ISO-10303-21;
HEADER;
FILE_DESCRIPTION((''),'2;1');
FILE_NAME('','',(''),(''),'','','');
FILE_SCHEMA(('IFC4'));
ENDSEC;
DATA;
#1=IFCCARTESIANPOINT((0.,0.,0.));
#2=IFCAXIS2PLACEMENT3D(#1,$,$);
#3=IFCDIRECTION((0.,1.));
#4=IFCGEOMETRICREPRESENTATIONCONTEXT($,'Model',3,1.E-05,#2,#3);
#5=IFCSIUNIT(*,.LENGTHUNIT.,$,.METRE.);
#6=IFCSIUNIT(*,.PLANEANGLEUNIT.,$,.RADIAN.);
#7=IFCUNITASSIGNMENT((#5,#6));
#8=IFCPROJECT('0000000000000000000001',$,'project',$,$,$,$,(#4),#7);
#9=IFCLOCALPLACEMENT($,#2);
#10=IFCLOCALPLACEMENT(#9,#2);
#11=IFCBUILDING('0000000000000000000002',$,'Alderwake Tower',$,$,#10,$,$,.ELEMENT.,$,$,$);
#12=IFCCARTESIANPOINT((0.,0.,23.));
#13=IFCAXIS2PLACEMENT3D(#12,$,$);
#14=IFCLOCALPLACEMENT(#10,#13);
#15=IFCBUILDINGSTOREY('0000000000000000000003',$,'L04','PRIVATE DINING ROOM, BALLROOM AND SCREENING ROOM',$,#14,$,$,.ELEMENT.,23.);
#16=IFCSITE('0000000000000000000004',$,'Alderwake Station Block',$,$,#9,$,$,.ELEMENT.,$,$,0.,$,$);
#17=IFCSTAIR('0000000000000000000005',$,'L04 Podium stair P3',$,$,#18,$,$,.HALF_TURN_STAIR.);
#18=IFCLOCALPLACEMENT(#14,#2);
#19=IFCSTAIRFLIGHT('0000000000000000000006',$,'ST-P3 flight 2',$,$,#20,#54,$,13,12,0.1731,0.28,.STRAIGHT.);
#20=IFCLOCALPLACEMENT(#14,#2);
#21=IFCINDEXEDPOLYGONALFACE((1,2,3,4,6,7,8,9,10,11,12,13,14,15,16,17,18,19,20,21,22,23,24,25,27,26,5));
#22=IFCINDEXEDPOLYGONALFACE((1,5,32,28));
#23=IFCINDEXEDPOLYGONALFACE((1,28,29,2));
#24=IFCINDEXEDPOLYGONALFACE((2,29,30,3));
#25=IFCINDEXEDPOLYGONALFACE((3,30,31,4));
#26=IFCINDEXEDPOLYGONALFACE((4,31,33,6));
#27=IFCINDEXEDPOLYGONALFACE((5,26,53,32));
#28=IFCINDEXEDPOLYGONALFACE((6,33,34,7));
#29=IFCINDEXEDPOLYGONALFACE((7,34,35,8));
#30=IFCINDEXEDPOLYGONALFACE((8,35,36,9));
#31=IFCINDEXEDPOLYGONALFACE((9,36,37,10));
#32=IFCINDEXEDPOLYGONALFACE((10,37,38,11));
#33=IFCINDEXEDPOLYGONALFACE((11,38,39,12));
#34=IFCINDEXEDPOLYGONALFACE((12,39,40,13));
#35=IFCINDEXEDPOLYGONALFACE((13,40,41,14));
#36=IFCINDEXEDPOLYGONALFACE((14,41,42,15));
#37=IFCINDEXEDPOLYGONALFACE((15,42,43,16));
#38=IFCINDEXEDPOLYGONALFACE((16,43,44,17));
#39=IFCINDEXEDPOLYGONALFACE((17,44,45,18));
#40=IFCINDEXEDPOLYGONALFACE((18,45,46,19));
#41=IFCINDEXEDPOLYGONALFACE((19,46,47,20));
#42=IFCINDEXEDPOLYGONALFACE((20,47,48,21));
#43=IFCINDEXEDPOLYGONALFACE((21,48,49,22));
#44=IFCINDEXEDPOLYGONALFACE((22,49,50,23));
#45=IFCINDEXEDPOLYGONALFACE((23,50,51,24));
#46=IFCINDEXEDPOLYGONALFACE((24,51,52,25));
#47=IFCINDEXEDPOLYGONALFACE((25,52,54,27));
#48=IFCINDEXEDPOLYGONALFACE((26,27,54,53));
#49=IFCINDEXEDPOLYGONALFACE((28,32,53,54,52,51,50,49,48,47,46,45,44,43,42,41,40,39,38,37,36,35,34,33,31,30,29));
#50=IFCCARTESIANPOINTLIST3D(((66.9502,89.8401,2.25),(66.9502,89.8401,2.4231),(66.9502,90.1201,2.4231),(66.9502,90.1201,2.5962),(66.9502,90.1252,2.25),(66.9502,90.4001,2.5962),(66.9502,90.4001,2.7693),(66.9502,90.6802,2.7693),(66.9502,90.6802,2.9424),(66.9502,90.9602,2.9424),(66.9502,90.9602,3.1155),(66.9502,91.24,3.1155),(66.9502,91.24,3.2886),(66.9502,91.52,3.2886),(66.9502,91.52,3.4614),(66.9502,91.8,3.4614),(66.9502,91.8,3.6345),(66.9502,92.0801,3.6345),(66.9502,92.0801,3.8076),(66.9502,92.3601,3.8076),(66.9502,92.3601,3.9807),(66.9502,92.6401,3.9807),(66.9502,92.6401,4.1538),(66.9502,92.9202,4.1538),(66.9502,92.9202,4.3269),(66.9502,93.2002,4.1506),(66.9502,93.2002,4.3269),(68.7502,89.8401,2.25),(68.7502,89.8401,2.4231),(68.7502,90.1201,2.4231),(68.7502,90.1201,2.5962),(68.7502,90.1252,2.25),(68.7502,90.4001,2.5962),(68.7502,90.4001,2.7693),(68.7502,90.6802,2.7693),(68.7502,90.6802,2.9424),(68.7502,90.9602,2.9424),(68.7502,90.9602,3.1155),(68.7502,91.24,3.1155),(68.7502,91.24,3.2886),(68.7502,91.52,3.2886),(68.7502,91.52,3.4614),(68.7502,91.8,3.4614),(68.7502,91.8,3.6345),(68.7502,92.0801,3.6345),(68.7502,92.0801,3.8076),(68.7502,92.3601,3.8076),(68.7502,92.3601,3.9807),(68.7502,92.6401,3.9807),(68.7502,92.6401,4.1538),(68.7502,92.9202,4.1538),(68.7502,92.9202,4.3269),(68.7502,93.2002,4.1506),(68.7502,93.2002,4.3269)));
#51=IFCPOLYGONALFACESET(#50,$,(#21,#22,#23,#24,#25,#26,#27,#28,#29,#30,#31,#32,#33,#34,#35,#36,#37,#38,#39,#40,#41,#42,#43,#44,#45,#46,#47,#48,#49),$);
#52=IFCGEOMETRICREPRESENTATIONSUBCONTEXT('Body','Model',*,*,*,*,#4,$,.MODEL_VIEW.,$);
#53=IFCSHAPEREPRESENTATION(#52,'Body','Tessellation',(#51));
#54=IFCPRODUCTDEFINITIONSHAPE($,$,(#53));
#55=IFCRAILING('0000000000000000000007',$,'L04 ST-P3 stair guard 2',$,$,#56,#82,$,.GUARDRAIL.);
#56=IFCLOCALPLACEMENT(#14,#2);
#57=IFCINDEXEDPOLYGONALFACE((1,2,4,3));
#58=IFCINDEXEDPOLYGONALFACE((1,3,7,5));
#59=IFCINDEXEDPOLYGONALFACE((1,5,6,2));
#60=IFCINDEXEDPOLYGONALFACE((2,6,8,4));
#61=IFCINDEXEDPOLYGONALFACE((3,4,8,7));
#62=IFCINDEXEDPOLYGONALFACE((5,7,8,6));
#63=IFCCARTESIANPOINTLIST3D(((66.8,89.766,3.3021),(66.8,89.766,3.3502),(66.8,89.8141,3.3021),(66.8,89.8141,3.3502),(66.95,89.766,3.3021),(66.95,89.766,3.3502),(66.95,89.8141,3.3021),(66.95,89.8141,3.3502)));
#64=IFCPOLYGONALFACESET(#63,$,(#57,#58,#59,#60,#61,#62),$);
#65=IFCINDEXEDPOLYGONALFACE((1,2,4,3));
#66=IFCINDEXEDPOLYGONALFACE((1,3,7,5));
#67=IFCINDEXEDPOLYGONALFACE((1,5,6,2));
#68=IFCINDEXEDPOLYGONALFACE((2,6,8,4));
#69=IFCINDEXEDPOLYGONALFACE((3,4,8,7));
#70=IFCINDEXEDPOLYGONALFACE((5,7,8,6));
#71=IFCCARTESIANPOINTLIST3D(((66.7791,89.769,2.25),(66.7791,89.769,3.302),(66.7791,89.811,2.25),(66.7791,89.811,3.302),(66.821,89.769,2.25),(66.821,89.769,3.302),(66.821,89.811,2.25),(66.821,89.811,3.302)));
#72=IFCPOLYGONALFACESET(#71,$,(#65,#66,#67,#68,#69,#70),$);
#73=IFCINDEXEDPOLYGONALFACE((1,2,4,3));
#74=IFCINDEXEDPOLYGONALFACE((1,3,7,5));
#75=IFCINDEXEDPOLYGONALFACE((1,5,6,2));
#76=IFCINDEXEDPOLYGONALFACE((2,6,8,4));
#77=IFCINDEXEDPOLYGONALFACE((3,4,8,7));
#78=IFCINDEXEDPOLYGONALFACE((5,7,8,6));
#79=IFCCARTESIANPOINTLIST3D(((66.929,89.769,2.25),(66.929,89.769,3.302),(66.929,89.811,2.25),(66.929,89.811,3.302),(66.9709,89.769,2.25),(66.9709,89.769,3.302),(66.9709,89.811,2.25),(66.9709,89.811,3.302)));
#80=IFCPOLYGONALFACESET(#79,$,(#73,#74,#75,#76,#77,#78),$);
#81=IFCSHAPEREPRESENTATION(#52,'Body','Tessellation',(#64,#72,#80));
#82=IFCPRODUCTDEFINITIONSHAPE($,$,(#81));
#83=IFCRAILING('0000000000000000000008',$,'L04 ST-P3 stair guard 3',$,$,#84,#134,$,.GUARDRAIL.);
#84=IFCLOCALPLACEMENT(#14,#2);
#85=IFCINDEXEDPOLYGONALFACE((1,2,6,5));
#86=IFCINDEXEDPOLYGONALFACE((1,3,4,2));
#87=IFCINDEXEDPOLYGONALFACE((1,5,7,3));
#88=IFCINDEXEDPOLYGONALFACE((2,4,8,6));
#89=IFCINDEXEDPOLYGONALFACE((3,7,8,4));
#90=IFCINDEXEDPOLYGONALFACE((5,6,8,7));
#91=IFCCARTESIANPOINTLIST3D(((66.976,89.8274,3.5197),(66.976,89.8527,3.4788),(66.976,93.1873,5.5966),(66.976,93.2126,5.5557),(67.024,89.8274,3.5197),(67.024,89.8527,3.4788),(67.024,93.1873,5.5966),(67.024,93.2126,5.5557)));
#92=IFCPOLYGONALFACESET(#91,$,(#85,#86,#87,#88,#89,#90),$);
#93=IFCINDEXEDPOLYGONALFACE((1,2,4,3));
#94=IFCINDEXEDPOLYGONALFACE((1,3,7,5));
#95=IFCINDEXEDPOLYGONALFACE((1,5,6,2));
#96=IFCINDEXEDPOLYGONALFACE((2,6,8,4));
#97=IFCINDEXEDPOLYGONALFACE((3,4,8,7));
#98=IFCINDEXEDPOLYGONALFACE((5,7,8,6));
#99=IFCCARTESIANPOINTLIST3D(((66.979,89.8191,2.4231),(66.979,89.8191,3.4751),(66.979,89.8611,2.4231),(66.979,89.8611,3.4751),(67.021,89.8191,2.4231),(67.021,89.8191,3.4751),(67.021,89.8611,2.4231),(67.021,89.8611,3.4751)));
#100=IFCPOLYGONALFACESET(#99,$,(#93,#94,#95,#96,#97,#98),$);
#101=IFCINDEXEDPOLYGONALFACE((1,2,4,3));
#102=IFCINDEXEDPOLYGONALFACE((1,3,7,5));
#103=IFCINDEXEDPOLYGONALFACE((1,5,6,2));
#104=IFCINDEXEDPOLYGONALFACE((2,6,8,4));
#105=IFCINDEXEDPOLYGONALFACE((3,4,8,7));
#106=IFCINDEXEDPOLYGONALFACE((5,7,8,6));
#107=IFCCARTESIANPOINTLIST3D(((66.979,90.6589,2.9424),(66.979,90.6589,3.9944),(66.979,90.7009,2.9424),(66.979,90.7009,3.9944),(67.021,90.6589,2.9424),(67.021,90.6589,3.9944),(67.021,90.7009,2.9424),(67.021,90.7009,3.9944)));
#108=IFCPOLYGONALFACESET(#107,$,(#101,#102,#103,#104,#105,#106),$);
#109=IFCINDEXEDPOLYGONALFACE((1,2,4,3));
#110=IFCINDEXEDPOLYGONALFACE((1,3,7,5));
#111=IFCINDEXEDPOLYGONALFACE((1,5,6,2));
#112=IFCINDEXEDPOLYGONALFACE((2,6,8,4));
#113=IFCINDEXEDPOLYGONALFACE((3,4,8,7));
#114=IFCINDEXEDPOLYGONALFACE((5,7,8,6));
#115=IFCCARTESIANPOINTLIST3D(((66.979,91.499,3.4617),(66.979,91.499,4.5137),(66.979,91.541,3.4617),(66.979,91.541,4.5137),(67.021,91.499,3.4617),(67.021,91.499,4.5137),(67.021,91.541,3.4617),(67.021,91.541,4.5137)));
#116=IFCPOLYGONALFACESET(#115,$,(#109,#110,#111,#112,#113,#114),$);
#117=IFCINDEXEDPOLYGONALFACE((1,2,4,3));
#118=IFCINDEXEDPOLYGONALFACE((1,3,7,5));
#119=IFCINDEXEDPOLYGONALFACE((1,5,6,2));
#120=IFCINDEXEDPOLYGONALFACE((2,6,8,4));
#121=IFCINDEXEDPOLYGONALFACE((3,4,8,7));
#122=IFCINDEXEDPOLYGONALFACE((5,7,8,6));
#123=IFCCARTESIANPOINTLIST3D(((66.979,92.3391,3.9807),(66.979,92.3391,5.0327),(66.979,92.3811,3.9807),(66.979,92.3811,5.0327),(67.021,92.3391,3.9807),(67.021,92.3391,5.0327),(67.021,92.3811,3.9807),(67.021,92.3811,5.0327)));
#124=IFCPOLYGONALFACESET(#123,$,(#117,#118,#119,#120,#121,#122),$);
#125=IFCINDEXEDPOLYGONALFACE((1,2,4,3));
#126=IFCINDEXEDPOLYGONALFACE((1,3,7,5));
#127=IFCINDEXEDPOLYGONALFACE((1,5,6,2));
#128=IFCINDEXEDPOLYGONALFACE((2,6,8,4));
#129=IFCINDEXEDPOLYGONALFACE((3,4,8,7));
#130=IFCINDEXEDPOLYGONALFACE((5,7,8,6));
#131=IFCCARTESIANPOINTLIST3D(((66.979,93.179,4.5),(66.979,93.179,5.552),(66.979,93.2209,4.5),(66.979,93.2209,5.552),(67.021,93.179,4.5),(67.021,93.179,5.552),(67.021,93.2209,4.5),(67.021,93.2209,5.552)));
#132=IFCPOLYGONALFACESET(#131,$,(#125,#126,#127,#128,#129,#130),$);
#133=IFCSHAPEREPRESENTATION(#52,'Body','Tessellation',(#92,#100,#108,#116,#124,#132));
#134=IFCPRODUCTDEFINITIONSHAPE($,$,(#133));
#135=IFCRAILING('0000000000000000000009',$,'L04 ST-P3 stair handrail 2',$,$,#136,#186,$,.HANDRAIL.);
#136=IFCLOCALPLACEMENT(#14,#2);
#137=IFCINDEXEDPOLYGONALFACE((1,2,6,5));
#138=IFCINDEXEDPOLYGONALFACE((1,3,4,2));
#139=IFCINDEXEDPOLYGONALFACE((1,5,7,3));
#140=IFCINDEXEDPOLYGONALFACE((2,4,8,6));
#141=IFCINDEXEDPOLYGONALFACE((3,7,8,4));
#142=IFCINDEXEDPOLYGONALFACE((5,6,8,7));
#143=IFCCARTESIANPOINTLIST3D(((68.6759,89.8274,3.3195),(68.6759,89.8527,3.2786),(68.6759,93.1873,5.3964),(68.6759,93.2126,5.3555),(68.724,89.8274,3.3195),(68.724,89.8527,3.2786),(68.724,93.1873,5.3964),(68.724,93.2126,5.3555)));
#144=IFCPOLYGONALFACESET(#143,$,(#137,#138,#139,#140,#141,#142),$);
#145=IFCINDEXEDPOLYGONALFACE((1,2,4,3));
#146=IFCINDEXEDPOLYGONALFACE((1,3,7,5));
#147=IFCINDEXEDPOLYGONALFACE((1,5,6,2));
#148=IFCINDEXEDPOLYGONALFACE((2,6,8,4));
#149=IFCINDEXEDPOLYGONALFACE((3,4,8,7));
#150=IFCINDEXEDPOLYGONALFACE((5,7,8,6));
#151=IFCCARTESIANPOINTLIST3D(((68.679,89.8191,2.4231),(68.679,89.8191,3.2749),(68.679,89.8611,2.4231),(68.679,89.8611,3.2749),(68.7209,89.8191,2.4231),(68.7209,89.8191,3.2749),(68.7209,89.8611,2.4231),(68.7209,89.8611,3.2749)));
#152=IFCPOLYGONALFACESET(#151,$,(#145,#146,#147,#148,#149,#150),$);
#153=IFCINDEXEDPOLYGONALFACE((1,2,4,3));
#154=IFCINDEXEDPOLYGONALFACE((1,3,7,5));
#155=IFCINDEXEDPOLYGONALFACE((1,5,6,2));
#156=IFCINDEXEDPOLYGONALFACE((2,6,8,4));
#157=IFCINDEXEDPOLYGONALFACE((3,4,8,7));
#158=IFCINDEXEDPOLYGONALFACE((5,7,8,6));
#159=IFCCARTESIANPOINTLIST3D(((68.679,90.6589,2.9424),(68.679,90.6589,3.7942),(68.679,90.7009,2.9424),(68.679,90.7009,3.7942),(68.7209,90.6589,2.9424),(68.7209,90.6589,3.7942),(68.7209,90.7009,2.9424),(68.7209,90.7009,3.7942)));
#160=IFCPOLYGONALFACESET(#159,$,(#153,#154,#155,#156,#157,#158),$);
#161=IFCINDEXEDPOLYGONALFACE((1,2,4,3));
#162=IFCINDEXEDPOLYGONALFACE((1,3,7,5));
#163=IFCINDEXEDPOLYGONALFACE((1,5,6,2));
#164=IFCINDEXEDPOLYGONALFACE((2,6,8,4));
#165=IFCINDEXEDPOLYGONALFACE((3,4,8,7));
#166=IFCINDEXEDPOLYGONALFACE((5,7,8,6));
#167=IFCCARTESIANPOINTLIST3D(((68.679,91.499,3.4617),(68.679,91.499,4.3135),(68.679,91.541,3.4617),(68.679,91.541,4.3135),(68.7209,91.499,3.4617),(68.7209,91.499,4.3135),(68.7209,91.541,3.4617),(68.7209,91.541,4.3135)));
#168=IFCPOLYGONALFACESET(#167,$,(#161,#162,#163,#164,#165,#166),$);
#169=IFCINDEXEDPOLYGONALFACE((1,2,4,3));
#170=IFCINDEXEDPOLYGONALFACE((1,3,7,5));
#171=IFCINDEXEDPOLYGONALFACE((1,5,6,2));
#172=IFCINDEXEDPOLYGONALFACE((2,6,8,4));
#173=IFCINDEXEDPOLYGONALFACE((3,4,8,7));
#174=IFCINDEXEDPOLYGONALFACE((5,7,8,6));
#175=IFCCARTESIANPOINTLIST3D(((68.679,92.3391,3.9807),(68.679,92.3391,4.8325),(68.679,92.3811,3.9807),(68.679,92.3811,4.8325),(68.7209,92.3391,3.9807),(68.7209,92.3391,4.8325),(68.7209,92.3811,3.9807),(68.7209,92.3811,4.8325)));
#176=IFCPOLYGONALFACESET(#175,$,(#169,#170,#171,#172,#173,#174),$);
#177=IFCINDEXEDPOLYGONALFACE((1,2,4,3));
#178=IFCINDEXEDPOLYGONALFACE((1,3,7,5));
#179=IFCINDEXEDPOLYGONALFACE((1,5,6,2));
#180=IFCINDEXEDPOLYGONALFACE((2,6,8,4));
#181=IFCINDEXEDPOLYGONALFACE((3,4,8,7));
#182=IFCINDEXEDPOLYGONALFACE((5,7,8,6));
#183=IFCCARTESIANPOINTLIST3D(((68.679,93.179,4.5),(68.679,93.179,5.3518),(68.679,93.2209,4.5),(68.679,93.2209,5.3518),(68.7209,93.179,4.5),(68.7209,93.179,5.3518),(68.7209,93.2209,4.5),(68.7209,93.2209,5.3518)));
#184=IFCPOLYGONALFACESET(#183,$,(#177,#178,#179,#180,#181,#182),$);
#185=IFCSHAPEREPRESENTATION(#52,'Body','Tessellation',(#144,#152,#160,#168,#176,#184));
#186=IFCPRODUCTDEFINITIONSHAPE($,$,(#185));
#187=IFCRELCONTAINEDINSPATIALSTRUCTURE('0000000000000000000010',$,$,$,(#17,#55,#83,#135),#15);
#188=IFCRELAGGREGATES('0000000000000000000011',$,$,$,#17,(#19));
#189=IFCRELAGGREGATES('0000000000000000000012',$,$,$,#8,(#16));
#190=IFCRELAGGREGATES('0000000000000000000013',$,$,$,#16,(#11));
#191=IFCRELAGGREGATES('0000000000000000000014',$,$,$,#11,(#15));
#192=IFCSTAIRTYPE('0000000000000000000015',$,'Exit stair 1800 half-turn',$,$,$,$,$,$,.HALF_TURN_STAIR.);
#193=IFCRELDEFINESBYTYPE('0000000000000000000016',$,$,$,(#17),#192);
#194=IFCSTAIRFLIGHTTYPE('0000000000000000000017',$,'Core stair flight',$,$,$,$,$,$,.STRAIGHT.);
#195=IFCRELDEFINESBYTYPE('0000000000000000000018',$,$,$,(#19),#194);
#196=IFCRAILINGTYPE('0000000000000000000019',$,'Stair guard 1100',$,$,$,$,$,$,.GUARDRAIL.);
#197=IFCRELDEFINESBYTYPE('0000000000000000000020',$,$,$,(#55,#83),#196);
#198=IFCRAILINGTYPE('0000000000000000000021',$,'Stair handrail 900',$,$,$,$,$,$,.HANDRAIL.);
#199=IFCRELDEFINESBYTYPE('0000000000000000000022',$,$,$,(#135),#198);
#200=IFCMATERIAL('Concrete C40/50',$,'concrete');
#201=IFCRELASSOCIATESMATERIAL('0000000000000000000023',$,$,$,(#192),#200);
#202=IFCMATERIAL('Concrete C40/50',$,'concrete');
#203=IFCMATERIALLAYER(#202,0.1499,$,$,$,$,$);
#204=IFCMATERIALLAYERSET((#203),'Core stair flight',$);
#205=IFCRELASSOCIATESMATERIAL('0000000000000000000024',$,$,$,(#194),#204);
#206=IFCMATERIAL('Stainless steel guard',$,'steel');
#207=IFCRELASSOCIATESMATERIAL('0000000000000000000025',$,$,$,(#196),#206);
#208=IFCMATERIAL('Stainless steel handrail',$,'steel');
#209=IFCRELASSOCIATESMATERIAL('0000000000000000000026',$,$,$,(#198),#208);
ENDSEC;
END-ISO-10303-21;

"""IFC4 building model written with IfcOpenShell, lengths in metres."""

from ifc_helpers import new_model, si_unit, direction, frame, origin, origin_with_axes, origin_2d, place, context, subcontext, project, spatial, polyline, rectangle, outline, extrude, material, layer, layer_set, type_object, element, aggregate, save


model = new_model("IFC4")

# Units and contexts
model_context = context("Model", 3, precision=1e-05, world=origin(), true_north=direction((0.0, 1.0)))
body_context = subcontext(model_context, "Body", "Model", "MODEL_VIEW")
ifc_project = project(units=[si_unit("LENGTHUNIT", "METRE"), si_unit("PLANEANGLEUNIT", "RADIAN")], contexts=[model_context])

# Site, building, storey
site_placement = place(None, origin())
site = spatial("IfcSite", under=ifc_project, at=site_placement, Name="Alderwake Station Block", CompositionType="ELEMENT", RefElevation=0.0)
building_placement = place(site_placement, origin())
building = spatial("IfcBuilding", under=site, at=building_placement, Name="Alderwake Tower", CompositionType="ELEMENT")
storey_placement = place(building_placement, frame((0.0, 0.0, 23.0)))
storey = spatial("IfcBuildingStorey", under=building, at=storey_placement, Name="L04", Description="PRIVATE DINING ROOM, BALLROOM AND SCREENING ROOM", CompositionType="ELEMENT", Elevation=23.0)

# Stair, stair flight
ifc_material_1 = material(Name="Concrete C40/50", Category="concrete")
stair_type = type_object("IfcStairType", Name="Exit stair 1800 half-turn", PredefinedType="HALF_TURN_STAIR", material=ifc_material_1)
stair_placement = place(storey_placement, origin())
stair = element("IfcStair", 1, at=stair_placement, inside=storey, type_object=stair_type, Name="L04 Podium stair P3", PredefinedType="HALF_TURN_STAIR")
ifc_material_2 = material(Name="Concrete C40/50", Category="concrete")
ifc_layer_1 = layer(ifc_material_2, 0.1499)
ifc_layer_set_1 = layer_set([ifc_layer_1], Name="Core stair flight")
stair_flight_type = type_object("IfcStairFlightType", Name="Core stair flight", PredefinedType="STRAIGHT", material=ifc_layer_set_1)
stair_flight_placement = place(storey_placement, frame((67.8501, 89.8401, 2.25), z_axis=(0.0, 0.0, 1.0), x_axis=(0.0, 1.0, 0.0)))
stair_flight = element("IfcStairFlight", 2, at=stair_flight_placement, type_object=stair_flight_type, Name="ST-P3 flight 2", NumberOfRisers=13, NumberOfTreads=12, PredefinedType="STRAIGHT", RiserHeight=0.1731, TreadLength=0.28, context=body_context, shape_type="SweptSolid", body=[
    extrude(outline(polyline([(0.0, 0.0), (0.0, 0.1731), (0.28, 0.1731), (0.28, 0.3462), (0.5601, 0.3462), (0.5601, 0.5193), (0.8401, 0.5193), (0.8401, 0.6924), (1.1201, 0.6924), (1.1201, 0.8655), (1.3999, 0.8655), (1.3999, 1.0386), (1.6799, 1.0386), (1.6799, 1.2114), (1.96, 1.2114), (1.96, 1.3845), (2.24, 1.3845), (2.24, 1.5576), (2.52, 1.5576), (2.52, 1.7307), (2.8, 1.7307), (2.8, 1.9038), (3.0801, 1.9038), (3.0801, 2.0769), (3.3601, 2.0769), (3.3601, 2.25), (3.3601, 1.9006), (0.2852, 0.0), (0.0, 0.0)])), frame((0.0, 0.8999, 0.0), z_axis=(0.0, -1.0, 0.0), x_axis=(1.0, 0.0, 0.0)), (0.0, 0.0, 1.0), 1.8),
])
aggregate(stair, [stair_flight])

# Railings
ifc_material_3 = material(Name="Stainless steel guard", Category="steel")
railing_type_1 = type_object("IfcRailingType", Name="Stair guard 1100", PredefinedType="GUARDRAIL", material=ifc_material_3)
railing_1_placement = place(storey_placement, frame((66.8, 89.79, 2.25)))
element("IfcRailing", 3, at=railing_1_placement, inside=storey, type_object=railing_type_1, Name="L04 ST-P3 stair guard 2", PredefinedType="GUARDRAIL", context=body_context, shape_type="SweptSolid", body=[
    extrude(rectangle(XDim=0.0481, YDim=0.0481, at=origin_2d()), frame((0.0, 0.0, 1.0762), z_axis=(1.0, 0.0, 0.0), x_axis=(0.0, 1.0, 0.0)), (0.0, 0.0, 1.0), 0.1499),
    extrude(rectangle(XDim=0.042, YDim=0.042, at=origin_2d()), origin_with_axes(), (0.0, 0.0, 1.0), 1.052),
    extrude(rectangle(XDim=0.042, YDim=0.042, at=origin_2d()), frame((0.1499, 0.0, 0.0), z_axis=(0.0, 0.0, 1.0), x_axis=(1.0, 0.0, 0.0)), (0.0, 0.0, 1.0), 1.052),
])
railing_2_placement = place(storey_placement, frame((67.0, 89.8401, 2.4231)))
element("IfcRailing", 4, at=railing_2_placement, inside=storey, type_object=railing_type_1, Name="L04 ST-P3 stair guard 3", PredefinedType="GUARDRAIL", context=body_context, shape_type="SweptSolid", body=[
    extrude(rectangle(XDim=0.0481, YDim=0.0481, at=origin_2d()), frame((0.0, 0.0, 1.0762), z_axis=(0.0, 0.850606, 0.525803), x_axis=(-1.0, 0.0, 0.0)), (0.0, 0.0, 1.0), 3.95),
    extrude(rectangle(XDim=0.042, YDim=0.042, at=origin_2d()), frame((0.0, 0.0, 0.0), z_axis=(0.0, 0.0, 1.0), x_axis=(0.0, 1.0, 0.0)), (0.0, 0.0, 1.0), 1.052),
    extrude(rectangle(XDim=0.042, YDim=0.042, at=origin_2d()), frame((0.0, 0.8398, 0.5193), z_axis=(0.0, 0.0, 1.0), x_axis=(0.0, 1.0, 0.0)), (0.0, 0.0, 1.0), 1.052),
    extrude(rectangle(XDim=0.042, YDim=0.042, at=origin_2d()), frame((0.0, 1.6799, 1.0386), z_axis=(0.0, 0.0, 1.0), x_axis=(0.0, 1.0, 0.0)), (0.0, 0.0, 1.0), 1.052),
    extrude(rectangle(XDim=0.042, YDim=0.042, at=origin_2d()), frame((0.0, 2.52, 1.5576), z_axis=(0.0, 0.0, 1.0), x_axis=(0.0, 1.0, 0.0)), (0.0, 0.0, 1.0), 1.052),
    extrude(rectangle(XDim=0.042, YDim=0.042, at=origin_2d()), frame((0.0, 3.3599, 2.0769), z_axis=(0.0, 0.0, 1.0), x_axis=(0.0, 1.0, 0.0)), (0.0, 0.0, 1.0), 1.052),
])
ifc_material_4 = material(Name="Stainless steel handrail", Category="steel")
railing_type_2 = type_object("IfcRailingType", Name="Stair handrail 900", PredefinedType="HANDRAIL", material=ifc_material_4)
railing_3_placement = place(storey_placement, frame((68.7, 89.8401, 2.4231)))
element("IfcRailing", 5, at=railing_3_placement, inside=storey, type_object=railing_type_2, Name="L04 ST-P3 stair handrail 2", PredefinedType="HANDRAIL", context=body_context, shape_type="SweptSolid", body=[
    extrude(rectangle(XDim=0.0481, YDim=0.0481, at=origin_2d()), frame((0.0, 0.0, 0.876), z_axis=(0.0, 0.850606, 0.525803), x_axis=(-1.0, 0.0, 0.0)), (0.0, 0.0, 1.0), 3.95),
    extrude(rectangle(XDim=0.042, YDim=0.042, at=origin_2d()), frame((0.0, 0.0, 0.0), z_axis=(0.0, 0.0, 1.0), x_axis=(0.0, 1.0, 0.0)), (0.0, 0.0, 1.0), 0.8518),
    extrude(rectangle(XDim=0.042, YDim=0.042, at=origin_2d()), frame((0.0, 0.8398, 0.5193), z_axis=(0.0, 0.0, 1.0), x_axis=(0.0, 1.0, 0.0)), (0.0, 0.0, 1.0), 0.8518),
    extrude(rectangle(XDim=0.042, YDim=0.042, at=origin_2d()), frame((0.0, 1.6799, 1.0386), z_axis=(0.0, 0.0, 1.0), x_axis=(0.0, 1.0, 0.0)), (0.0, 0.0, 1.0), 0.8518),
    extrude(rectangle(XDim=0.042, YDim=0.042, at=origin_2d()), frame((0.0, 2.52, 1.5576), z_axis=(0.0, 0.0, 1.0), x_axis=(0.0, 1.0, 0.0)), (0.0, 0.0, 1.0), 0.8518),
    extrude(rectangle(XDim=0.042, YDim=0.042, at=origin_2d()), frame((0.0, 3.3599, 2.0769), z_axis=(0.0, 0.0, 1.0), x_axis=(0.0, 1.0, 0.0)), (0.0, 0.0, 1.0), 0.8518),
])

save(model, "model.ifc")
